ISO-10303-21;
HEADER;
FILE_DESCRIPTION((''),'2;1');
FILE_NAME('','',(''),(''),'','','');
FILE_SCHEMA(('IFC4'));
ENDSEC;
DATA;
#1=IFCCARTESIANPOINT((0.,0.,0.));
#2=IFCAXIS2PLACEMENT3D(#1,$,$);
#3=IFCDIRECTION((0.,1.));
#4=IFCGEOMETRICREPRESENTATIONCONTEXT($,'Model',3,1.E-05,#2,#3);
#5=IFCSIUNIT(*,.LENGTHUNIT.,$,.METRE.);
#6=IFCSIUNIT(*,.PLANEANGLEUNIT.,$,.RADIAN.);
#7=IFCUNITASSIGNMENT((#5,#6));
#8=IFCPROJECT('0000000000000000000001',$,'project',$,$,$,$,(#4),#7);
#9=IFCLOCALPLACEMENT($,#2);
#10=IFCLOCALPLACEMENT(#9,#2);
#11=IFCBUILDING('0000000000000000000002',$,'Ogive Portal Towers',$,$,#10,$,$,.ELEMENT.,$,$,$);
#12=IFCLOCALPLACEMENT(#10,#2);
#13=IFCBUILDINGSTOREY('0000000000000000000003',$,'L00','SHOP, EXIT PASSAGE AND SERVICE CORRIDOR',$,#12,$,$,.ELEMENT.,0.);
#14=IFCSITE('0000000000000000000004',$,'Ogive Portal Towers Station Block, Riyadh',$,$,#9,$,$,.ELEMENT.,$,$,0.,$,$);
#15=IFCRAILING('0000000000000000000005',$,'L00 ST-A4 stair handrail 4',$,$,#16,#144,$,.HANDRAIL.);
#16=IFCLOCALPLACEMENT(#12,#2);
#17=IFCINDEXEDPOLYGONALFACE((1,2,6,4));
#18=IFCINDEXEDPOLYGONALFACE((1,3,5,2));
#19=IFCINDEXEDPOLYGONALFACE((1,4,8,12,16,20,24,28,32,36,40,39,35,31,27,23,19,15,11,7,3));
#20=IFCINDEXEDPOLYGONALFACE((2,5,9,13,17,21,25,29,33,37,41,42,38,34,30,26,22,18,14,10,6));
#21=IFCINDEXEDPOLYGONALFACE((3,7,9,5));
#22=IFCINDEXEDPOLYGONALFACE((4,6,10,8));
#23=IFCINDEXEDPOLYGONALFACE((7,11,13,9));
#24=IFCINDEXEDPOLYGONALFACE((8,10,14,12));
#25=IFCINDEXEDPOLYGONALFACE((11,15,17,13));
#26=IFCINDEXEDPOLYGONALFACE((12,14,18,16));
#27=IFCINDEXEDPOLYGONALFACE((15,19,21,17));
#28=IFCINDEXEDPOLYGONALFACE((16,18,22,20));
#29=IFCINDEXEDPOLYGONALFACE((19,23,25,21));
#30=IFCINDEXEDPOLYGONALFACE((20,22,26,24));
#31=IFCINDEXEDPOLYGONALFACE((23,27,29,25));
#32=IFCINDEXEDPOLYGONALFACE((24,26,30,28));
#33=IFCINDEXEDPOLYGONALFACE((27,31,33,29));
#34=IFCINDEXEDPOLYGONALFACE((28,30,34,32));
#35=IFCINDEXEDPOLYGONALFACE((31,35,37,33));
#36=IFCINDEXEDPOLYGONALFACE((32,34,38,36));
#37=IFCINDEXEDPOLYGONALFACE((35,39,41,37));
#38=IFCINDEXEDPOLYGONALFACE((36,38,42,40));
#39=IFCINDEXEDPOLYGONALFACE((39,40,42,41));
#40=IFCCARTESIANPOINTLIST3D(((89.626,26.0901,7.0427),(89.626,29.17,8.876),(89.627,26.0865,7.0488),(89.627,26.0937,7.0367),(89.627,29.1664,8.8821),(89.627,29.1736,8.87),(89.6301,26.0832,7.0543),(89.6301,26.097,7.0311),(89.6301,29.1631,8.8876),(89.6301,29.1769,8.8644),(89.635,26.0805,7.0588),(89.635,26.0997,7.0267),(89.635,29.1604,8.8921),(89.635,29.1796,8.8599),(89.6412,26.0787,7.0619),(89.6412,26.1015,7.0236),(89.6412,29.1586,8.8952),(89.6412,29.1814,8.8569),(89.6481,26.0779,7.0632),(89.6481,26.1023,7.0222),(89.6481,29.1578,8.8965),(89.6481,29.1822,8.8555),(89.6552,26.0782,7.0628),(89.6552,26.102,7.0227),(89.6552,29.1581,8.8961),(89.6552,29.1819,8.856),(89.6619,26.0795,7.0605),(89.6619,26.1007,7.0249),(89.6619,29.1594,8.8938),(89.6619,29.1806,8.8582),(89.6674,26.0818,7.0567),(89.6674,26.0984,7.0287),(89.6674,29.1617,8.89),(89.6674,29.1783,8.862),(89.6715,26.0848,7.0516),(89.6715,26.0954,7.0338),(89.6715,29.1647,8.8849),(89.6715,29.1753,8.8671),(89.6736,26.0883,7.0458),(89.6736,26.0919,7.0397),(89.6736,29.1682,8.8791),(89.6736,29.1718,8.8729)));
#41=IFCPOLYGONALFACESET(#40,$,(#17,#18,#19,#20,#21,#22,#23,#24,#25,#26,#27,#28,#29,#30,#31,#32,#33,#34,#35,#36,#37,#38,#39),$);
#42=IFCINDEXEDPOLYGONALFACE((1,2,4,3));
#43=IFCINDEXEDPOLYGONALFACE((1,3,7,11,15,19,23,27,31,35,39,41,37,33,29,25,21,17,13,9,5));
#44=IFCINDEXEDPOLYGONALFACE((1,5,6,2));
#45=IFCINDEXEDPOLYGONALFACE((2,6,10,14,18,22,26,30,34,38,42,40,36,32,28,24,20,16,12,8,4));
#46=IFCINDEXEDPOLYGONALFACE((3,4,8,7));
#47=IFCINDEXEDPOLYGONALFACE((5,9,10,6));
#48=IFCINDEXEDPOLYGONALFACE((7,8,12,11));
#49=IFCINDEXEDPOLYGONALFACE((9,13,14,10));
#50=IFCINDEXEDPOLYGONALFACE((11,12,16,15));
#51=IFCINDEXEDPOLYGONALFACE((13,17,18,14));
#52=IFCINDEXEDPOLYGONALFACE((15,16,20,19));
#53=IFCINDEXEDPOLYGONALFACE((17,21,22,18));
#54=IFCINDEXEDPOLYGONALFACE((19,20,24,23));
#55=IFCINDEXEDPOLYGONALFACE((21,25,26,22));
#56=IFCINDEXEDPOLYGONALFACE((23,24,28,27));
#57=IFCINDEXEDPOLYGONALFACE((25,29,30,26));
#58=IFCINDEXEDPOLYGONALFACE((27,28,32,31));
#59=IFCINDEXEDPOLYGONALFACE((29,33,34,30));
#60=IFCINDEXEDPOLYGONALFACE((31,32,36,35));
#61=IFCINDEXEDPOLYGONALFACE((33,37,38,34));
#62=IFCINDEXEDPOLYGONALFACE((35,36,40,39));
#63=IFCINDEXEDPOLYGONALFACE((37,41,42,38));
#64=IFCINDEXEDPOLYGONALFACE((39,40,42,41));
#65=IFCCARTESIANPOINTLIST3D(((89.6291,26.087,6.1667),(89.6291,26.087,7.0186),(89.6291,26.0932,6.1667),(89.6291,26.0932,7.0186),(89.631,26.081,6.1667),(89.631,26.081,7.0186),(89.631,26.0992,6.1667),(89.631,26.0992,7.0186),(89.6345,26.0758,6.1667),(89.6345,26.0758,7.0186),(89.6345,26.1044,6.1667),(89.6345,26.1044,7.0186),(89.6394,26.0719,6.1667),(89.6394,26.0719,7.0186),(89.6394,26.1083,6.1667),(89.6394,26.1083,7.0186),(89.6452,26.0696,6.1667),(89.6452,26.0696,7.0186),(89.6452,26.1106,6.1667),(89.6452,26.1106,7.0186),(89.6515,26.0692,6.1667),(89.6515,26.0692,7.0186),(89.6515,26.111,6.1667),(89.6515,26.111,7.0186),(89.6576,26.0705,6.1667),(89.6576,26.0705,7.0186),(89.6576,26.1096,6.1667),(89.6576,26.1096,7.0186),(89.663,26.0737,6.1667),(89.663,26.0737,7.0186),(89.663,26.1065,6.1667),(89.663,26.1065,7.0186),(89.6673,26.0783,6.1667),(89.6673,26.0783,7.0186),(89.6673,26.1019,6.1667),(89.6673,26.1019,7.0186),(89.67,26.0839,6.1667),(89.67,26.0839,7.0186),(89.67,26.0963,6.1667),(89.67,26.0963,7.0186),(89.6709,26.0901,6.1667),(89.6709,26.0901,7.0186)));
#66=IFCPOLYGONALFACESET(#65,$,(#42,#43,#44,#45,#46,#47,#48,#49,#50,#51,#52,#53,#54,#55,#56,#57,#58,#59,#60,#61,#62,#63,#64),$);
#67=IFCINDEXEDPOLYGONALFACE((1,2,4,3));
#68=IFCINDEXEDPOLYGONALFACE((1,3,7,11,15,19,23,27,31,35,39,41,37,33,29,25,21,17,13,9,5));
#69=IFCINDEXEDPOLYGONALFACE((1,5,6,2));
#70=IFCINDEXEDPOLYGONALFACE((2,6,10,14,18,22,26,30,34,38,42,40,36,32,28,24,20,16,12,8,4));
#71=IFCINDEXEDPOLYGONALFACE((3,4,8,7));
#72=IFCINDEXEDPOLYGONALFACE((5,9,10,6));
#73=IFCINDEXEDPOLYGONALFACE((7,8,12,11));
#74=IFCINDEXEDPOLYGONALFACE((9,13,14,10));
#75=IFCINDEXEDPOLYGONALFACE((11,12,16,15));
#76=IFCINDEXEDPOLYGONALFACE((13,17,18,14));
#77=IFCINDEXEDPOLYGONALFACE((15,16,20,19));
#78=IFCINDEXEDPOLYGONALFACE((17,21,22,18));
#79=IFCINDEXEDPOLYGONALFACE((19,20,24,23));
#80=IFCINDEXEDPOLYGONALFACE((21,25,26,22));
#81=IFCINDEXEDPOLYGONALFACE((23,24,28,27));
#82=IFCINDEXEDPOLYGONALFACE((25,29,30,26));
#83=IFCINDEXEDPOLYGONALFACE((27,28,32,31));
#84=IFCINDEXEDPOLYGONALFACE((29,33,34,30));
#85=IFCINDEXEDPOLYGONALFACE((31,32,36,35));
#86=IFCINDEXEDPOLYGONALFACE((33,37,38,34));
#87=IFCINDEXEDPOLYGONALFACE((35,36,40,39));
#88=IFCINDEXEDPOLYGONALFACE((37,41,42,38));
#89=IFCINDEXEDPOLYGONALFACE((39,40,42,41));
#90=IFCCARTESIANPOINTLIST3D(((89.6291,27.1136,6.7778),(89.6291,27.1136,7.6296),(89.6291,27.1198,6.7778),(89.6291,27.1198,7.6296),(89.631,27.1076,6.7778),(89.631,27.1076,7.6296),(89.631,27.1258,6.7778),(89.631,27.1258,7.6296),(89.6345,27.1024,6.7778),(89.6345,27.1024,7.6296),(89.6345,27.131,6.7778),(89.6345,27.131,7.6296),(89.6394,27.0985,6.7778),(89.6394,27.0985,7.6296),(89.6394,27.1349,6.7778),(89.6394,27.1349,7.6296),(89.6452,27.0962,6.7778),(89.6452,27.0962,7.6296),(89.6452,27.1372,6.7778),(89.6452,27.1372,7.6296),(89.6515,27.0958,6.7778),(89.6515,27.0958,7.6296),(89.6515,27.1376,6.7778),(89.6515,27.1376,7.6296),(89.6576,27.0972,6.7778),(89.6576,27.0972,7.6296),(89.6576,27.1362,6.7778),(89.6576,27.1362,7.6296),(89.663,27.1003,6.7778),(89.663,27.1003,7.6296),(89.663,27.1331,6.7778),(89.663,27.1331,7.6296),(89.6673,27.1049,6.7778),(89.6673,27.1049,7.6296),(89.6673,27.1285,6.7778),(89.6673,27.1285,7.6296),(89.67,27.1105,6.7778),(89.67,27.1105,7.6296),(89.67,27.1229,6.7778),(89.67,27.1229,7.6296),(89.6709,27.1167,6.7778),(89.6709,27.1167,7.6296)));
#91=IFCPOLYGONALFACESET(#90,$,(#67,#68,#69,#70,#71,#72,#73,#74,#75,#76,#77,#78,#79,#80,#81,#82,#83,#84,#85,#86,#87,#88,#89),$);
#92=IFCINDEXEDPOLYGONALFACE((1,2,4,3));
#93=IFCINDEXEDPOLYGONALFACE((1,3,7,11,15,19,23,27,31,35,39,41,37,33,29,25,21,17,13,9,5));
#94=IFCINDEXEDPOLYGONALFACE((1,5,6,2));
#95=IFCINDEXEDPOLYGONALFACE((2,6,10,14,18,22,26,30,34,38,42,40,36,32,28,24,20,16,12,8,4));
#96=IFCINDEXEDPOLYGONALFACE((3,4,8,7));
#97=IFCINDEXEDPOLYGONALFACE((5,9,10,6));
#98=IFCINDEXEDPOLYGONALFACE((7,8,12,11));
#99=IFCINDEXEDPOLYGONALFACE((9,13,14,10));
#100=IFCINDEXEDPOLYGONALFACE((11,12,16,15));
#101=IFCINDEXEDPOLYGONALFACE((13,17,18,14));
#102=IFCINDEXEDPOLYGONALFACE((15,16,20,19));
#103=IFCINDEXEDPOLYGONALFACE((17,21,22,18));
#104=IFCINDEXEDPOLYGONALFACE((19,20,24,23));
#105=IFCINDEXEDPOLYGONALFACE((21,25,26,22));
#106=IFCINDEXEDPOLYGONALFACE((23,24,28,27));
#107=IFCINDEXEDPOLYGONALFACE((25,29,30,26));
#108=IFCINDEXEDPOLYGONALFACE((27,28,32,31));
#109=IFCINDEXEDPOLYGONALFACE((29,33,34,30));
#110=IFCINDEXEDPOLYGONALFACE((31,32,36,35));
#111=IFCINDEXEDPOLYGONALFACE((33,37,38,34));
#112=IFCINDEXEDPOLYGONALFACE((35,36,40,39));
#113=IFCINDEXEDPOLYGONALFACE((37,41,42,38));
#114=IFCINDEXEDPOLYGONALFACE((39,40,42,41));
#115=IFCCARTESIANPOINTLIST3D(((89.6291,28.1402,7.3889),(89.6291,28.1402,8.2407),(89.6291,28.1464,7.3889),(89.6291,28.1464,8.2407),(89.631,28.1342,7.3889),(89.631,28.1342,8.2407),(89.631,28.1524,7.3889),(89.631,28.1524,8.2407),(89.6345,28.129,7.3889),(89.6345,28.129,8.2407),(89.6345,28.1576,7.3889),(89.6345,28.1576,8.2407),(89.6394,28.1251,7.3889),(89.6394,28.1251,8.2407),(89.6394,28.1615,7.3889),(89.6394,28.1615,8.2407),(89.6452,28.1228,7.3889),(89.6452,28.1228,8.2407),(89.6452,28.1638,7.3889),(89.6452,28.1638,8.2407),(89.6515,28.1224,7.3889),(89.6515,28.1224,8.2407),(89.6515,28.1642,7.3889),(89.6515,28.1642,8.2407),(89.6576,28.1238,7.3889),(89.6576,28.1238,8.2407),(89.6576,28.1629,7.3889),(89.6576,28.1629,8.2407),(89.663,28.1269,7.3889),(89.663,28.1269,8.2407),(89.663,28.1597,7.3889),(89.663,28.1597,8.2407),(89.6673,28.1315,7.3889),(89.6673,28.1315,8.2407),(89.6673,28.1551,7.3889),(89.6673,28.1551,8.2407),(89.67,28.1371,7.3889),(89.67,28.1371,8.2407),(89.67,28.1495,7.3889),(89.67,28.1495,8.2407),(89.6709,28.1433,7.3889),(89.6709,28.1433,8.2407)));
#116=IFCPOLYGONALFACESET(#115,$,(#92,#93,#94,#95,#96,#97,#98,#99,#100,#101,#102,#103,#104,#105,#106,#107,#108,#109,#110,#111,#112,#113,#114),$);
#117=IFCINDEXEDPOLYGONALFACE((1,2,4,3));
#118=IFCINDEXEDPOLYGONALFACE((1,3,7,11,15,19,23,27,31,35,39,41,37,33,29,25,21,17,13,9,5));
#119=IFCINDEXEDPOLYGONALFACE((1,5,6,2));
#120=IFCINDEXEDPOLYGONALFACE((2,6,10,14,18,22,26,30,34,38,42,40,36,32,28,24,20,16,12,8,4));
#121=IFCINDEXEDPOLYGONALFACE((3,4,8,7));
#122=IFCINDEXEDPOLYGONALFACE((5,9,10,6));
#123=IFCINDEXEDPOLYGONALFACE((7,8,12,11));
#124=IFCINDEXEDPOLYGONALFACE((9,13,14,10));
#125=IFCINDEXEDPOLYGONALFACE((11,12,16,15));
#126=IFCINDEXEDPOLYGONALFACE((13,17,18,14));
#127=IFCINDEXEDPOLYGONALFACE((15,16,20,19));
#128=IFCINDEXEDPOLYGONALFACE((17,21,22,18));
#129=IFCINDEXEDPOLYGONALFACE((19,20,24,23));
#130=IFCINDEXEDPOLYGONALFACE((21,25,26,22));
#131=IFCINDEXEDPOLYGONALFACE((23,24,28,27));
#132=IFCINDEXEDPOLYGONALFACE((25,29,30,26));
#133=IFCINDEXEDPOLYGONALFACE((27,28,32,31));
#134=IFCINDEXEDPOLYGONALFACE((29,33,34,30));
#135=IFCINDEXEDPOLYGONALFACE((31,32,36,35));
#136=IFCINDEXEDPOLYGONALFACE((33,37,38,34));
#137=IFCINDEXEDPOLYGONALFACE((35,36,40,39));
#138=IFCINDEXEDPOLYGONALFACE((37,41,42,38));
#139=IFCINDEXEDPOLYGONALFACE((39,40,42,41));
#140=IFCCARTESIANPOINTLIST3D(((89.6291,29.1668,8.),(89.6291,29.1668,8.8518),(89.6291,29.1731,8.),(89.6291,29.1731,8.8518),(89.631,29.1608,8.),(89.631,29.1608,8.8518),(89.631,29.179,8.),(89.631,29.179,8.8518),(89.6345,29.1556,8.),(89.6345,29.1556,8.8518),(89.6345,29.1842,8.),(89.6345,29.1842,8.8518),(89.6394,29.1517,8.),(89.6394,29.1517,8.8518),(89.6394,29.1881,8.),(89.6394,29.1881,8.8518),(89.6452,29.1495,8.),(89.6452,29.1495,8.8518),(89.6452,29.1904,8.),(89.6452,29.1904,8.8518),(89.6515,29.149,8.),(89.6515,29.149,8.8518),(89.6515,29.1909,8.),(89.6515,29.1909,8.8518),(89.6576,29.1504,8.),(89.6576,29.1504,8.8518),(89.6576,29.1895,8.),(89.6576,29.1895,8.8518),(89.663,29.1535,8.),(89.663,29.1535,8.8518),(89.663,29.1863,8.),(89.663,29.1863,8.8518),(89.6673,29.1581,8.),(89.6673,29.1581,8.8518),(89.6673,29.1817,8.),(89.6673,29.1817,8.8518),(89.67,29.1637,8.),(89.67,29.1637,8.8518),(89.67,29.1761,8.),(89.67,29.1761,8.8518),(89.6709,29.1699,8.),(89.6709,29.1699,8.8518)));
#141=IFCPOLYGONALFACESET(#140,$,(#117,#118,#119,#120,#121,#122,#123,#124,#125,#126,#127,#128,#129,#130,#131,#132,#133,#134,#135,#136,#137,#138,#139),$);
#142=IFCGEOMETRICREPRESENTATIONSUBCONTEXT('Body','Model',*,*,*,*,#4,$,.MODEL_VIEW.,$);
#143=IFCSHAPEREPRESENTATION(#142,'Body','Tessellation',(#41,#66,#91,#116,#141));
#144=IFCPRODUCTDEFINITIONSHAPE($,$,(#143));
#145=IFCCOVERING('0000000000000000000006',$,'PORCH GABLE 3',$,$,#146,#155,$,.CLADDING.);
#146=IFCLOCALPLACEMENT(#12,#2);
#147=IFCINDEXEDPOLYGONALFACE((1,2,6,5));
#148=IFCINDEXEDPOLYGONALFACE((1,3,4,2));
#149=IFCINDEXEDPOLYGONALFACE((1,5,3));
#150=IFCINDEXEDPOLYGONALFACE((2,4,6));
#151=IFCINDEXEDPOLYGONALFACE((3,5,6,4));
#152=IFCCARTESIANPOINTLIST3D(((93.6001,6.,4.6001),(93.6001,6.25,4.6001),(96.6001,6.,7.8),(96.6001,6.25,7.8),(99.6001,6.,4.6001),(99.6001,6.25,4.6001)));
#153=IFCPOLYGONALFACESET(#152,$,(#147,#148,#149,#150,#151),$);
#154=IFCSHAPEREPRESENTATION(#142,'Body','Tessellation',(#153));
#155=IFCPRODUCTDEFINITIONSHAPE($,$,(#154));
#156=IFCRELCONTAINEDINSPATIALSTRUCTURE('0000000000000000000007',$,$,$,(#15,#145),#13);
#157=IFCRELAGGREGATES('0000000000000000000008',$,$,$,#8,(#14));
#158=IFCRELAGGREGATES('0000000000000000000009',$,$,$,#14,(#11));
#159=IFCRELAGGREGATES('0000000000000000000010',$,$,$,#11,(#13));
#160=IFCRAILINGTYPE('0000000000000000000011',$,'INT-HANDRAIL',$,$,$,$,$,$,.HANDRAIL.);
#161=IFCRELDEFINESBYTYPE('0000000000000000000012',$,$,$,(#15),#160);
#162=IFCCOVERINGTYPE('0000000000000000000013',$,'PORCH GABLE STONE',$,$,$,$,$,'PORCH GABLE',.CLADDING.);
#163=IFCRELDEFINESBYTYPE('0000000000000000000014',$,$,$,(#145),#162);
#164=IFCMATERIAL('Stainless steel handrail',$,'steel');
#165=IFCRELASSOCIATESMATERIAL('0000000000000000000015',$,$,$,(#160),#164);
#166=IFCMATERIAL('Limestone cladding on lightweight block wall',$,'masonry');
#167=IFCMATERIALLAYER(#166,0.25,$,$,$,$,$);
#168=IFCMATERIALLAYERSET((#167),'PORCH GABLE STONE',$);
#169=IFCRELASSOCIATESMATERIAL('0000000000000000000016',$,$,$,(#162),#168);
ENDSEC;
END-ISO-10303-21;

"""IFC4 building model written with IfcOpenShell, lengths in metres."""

from ifc_helpers import new_model, si_unit, direction, frame, origin, origin_2d, place, context, subcontext, project, spatial, polyline, circle, outline, extrude, material, layer, layer_set, type_object, element, save


model = new_model("IFC4")

# Units and contexts
model_context = context("Model", 3, precision=1e-05, world=origin(), true_north=direction((0.0, 1.0)))
body_context = subcontext(model_context, "Body", "Model", "MODEL_VIEW")
ifc_project = project(units=[si_unit("LENGTHUNIT", "METRE"), si_unit("PLANEANGLEUNIT", "RADIAN")], contexts=[model_context])

# Site, building, storey
site_placement = place(None, origin())
site = spatial("IfcSite", under=ifc_project, at=site_placement, Name="Ogive Portal Towers Station Block, Riyadh", CompositionType="ELEMENT", RefElevation=0.0)
building_placement = place(site_placement, origin())
building = spatial("IfcBuilding", under=site, at=building_placement, Name="Ogive Portal Towers", CompositionType="ELEMENT")
storey_placement = place(building_placement, origin())
storey = spatial("IfcBuildingStorey", under=building, at=storey_placement, Name="L00", Description="SHOP, EXIT PASSAGE AND SERVICE CORRIDOR", CompositionType="ELEMENT", Elevation=0.0)

# Shared definitions
ifc_material_1 = material(Name="Limestone cladding on lightweight block wall", Category="masonry")

# Railing
ifc_material_2 = material(Name="Stainless steel handrail", Category="steel")
railing_type_1 = type_object("IfcRailingType", Name="INT-HANDRAIL", PredefinedType="HANDRAIL", material=ifc_material_2)
for number, where, name in (
    (1, (89.6499, 26.0901, 6.1667), "L00 ST-A4 stair handrail 4"),
):
    element("IfcRailing", number, at=place(storey_placement, frame(where)), inside=storey, type_object=railing_type_1, Name=name, PredefinedType="HANDRAIL", context=body_context, shape_type="SweptSolid", body=[
        extrude(circle(Radius=0.0239, at=origin_2d()), frame((0.0, 0.0, 0.876), z_axis=(0.0, 0.859291, 0.511487), x_axis=(-1.0, 0.0, 0.0)), (0.0, 0.0, 1.0), 3.5842),
        extrude(circle(Radius=0.021, at=origin_2d()), origin(), (0.0, 0.0, 1.0), 0.8518),
        extrude(circle(Radius=0.021, at=origin_2d()), frame((0.0, 1.0266, 0.6111)), (0.0, 0.0, 1.0), 0.8518),
        extrude(circle(Radius=0.021, at=origin_2d()), frame((0.0, 2.0532, 1.2222)), (0.0, 0.0, 1.0), 0.8518),
        extrude(circle(Radius=0.021, at=origin_2d()), frame((0.0, 3.0798, 1.8333)), (0.0, 0.0, 1.0), 0.8518),
    ])

# Covering
ifc_layer_1 = layer(ifc_material_1, 0.25)
ifc_layer_set_1 = layer_set([ifc_layer_1], Name="PORCH GABLE STONE")
covering_type_1 = type_object("IfcCoveringType", Name="PORCH GABLE STONE", ElementType="PORCH GABLE", PredefinedType="CLADDING", material=ifc_layer_set_1)
covering_1_placement = place(storey_placement, frame((93.6001, 6.0, 4.6001), z_axis=(0.0, -1.0, 0.0), x_axis=(1.0, 0.0, 0.0)))
element("IfcCovering", 2, at=covering_1_placement, inside=storey, type_object=covering_type_1, Name="PORCH GABLE 3", PredefinedType="CLADDING", context=body_context, shape_type="SweptSolid", body=[
    extrude(outline(polyline([(0.0, 0.0), (6.0, 0.0), (3.0, 3.2), (0.0, 0.0)])), origin(), (0.0, 0.0, -1.0), 0.25),
])

save(model, "model.ifc")
